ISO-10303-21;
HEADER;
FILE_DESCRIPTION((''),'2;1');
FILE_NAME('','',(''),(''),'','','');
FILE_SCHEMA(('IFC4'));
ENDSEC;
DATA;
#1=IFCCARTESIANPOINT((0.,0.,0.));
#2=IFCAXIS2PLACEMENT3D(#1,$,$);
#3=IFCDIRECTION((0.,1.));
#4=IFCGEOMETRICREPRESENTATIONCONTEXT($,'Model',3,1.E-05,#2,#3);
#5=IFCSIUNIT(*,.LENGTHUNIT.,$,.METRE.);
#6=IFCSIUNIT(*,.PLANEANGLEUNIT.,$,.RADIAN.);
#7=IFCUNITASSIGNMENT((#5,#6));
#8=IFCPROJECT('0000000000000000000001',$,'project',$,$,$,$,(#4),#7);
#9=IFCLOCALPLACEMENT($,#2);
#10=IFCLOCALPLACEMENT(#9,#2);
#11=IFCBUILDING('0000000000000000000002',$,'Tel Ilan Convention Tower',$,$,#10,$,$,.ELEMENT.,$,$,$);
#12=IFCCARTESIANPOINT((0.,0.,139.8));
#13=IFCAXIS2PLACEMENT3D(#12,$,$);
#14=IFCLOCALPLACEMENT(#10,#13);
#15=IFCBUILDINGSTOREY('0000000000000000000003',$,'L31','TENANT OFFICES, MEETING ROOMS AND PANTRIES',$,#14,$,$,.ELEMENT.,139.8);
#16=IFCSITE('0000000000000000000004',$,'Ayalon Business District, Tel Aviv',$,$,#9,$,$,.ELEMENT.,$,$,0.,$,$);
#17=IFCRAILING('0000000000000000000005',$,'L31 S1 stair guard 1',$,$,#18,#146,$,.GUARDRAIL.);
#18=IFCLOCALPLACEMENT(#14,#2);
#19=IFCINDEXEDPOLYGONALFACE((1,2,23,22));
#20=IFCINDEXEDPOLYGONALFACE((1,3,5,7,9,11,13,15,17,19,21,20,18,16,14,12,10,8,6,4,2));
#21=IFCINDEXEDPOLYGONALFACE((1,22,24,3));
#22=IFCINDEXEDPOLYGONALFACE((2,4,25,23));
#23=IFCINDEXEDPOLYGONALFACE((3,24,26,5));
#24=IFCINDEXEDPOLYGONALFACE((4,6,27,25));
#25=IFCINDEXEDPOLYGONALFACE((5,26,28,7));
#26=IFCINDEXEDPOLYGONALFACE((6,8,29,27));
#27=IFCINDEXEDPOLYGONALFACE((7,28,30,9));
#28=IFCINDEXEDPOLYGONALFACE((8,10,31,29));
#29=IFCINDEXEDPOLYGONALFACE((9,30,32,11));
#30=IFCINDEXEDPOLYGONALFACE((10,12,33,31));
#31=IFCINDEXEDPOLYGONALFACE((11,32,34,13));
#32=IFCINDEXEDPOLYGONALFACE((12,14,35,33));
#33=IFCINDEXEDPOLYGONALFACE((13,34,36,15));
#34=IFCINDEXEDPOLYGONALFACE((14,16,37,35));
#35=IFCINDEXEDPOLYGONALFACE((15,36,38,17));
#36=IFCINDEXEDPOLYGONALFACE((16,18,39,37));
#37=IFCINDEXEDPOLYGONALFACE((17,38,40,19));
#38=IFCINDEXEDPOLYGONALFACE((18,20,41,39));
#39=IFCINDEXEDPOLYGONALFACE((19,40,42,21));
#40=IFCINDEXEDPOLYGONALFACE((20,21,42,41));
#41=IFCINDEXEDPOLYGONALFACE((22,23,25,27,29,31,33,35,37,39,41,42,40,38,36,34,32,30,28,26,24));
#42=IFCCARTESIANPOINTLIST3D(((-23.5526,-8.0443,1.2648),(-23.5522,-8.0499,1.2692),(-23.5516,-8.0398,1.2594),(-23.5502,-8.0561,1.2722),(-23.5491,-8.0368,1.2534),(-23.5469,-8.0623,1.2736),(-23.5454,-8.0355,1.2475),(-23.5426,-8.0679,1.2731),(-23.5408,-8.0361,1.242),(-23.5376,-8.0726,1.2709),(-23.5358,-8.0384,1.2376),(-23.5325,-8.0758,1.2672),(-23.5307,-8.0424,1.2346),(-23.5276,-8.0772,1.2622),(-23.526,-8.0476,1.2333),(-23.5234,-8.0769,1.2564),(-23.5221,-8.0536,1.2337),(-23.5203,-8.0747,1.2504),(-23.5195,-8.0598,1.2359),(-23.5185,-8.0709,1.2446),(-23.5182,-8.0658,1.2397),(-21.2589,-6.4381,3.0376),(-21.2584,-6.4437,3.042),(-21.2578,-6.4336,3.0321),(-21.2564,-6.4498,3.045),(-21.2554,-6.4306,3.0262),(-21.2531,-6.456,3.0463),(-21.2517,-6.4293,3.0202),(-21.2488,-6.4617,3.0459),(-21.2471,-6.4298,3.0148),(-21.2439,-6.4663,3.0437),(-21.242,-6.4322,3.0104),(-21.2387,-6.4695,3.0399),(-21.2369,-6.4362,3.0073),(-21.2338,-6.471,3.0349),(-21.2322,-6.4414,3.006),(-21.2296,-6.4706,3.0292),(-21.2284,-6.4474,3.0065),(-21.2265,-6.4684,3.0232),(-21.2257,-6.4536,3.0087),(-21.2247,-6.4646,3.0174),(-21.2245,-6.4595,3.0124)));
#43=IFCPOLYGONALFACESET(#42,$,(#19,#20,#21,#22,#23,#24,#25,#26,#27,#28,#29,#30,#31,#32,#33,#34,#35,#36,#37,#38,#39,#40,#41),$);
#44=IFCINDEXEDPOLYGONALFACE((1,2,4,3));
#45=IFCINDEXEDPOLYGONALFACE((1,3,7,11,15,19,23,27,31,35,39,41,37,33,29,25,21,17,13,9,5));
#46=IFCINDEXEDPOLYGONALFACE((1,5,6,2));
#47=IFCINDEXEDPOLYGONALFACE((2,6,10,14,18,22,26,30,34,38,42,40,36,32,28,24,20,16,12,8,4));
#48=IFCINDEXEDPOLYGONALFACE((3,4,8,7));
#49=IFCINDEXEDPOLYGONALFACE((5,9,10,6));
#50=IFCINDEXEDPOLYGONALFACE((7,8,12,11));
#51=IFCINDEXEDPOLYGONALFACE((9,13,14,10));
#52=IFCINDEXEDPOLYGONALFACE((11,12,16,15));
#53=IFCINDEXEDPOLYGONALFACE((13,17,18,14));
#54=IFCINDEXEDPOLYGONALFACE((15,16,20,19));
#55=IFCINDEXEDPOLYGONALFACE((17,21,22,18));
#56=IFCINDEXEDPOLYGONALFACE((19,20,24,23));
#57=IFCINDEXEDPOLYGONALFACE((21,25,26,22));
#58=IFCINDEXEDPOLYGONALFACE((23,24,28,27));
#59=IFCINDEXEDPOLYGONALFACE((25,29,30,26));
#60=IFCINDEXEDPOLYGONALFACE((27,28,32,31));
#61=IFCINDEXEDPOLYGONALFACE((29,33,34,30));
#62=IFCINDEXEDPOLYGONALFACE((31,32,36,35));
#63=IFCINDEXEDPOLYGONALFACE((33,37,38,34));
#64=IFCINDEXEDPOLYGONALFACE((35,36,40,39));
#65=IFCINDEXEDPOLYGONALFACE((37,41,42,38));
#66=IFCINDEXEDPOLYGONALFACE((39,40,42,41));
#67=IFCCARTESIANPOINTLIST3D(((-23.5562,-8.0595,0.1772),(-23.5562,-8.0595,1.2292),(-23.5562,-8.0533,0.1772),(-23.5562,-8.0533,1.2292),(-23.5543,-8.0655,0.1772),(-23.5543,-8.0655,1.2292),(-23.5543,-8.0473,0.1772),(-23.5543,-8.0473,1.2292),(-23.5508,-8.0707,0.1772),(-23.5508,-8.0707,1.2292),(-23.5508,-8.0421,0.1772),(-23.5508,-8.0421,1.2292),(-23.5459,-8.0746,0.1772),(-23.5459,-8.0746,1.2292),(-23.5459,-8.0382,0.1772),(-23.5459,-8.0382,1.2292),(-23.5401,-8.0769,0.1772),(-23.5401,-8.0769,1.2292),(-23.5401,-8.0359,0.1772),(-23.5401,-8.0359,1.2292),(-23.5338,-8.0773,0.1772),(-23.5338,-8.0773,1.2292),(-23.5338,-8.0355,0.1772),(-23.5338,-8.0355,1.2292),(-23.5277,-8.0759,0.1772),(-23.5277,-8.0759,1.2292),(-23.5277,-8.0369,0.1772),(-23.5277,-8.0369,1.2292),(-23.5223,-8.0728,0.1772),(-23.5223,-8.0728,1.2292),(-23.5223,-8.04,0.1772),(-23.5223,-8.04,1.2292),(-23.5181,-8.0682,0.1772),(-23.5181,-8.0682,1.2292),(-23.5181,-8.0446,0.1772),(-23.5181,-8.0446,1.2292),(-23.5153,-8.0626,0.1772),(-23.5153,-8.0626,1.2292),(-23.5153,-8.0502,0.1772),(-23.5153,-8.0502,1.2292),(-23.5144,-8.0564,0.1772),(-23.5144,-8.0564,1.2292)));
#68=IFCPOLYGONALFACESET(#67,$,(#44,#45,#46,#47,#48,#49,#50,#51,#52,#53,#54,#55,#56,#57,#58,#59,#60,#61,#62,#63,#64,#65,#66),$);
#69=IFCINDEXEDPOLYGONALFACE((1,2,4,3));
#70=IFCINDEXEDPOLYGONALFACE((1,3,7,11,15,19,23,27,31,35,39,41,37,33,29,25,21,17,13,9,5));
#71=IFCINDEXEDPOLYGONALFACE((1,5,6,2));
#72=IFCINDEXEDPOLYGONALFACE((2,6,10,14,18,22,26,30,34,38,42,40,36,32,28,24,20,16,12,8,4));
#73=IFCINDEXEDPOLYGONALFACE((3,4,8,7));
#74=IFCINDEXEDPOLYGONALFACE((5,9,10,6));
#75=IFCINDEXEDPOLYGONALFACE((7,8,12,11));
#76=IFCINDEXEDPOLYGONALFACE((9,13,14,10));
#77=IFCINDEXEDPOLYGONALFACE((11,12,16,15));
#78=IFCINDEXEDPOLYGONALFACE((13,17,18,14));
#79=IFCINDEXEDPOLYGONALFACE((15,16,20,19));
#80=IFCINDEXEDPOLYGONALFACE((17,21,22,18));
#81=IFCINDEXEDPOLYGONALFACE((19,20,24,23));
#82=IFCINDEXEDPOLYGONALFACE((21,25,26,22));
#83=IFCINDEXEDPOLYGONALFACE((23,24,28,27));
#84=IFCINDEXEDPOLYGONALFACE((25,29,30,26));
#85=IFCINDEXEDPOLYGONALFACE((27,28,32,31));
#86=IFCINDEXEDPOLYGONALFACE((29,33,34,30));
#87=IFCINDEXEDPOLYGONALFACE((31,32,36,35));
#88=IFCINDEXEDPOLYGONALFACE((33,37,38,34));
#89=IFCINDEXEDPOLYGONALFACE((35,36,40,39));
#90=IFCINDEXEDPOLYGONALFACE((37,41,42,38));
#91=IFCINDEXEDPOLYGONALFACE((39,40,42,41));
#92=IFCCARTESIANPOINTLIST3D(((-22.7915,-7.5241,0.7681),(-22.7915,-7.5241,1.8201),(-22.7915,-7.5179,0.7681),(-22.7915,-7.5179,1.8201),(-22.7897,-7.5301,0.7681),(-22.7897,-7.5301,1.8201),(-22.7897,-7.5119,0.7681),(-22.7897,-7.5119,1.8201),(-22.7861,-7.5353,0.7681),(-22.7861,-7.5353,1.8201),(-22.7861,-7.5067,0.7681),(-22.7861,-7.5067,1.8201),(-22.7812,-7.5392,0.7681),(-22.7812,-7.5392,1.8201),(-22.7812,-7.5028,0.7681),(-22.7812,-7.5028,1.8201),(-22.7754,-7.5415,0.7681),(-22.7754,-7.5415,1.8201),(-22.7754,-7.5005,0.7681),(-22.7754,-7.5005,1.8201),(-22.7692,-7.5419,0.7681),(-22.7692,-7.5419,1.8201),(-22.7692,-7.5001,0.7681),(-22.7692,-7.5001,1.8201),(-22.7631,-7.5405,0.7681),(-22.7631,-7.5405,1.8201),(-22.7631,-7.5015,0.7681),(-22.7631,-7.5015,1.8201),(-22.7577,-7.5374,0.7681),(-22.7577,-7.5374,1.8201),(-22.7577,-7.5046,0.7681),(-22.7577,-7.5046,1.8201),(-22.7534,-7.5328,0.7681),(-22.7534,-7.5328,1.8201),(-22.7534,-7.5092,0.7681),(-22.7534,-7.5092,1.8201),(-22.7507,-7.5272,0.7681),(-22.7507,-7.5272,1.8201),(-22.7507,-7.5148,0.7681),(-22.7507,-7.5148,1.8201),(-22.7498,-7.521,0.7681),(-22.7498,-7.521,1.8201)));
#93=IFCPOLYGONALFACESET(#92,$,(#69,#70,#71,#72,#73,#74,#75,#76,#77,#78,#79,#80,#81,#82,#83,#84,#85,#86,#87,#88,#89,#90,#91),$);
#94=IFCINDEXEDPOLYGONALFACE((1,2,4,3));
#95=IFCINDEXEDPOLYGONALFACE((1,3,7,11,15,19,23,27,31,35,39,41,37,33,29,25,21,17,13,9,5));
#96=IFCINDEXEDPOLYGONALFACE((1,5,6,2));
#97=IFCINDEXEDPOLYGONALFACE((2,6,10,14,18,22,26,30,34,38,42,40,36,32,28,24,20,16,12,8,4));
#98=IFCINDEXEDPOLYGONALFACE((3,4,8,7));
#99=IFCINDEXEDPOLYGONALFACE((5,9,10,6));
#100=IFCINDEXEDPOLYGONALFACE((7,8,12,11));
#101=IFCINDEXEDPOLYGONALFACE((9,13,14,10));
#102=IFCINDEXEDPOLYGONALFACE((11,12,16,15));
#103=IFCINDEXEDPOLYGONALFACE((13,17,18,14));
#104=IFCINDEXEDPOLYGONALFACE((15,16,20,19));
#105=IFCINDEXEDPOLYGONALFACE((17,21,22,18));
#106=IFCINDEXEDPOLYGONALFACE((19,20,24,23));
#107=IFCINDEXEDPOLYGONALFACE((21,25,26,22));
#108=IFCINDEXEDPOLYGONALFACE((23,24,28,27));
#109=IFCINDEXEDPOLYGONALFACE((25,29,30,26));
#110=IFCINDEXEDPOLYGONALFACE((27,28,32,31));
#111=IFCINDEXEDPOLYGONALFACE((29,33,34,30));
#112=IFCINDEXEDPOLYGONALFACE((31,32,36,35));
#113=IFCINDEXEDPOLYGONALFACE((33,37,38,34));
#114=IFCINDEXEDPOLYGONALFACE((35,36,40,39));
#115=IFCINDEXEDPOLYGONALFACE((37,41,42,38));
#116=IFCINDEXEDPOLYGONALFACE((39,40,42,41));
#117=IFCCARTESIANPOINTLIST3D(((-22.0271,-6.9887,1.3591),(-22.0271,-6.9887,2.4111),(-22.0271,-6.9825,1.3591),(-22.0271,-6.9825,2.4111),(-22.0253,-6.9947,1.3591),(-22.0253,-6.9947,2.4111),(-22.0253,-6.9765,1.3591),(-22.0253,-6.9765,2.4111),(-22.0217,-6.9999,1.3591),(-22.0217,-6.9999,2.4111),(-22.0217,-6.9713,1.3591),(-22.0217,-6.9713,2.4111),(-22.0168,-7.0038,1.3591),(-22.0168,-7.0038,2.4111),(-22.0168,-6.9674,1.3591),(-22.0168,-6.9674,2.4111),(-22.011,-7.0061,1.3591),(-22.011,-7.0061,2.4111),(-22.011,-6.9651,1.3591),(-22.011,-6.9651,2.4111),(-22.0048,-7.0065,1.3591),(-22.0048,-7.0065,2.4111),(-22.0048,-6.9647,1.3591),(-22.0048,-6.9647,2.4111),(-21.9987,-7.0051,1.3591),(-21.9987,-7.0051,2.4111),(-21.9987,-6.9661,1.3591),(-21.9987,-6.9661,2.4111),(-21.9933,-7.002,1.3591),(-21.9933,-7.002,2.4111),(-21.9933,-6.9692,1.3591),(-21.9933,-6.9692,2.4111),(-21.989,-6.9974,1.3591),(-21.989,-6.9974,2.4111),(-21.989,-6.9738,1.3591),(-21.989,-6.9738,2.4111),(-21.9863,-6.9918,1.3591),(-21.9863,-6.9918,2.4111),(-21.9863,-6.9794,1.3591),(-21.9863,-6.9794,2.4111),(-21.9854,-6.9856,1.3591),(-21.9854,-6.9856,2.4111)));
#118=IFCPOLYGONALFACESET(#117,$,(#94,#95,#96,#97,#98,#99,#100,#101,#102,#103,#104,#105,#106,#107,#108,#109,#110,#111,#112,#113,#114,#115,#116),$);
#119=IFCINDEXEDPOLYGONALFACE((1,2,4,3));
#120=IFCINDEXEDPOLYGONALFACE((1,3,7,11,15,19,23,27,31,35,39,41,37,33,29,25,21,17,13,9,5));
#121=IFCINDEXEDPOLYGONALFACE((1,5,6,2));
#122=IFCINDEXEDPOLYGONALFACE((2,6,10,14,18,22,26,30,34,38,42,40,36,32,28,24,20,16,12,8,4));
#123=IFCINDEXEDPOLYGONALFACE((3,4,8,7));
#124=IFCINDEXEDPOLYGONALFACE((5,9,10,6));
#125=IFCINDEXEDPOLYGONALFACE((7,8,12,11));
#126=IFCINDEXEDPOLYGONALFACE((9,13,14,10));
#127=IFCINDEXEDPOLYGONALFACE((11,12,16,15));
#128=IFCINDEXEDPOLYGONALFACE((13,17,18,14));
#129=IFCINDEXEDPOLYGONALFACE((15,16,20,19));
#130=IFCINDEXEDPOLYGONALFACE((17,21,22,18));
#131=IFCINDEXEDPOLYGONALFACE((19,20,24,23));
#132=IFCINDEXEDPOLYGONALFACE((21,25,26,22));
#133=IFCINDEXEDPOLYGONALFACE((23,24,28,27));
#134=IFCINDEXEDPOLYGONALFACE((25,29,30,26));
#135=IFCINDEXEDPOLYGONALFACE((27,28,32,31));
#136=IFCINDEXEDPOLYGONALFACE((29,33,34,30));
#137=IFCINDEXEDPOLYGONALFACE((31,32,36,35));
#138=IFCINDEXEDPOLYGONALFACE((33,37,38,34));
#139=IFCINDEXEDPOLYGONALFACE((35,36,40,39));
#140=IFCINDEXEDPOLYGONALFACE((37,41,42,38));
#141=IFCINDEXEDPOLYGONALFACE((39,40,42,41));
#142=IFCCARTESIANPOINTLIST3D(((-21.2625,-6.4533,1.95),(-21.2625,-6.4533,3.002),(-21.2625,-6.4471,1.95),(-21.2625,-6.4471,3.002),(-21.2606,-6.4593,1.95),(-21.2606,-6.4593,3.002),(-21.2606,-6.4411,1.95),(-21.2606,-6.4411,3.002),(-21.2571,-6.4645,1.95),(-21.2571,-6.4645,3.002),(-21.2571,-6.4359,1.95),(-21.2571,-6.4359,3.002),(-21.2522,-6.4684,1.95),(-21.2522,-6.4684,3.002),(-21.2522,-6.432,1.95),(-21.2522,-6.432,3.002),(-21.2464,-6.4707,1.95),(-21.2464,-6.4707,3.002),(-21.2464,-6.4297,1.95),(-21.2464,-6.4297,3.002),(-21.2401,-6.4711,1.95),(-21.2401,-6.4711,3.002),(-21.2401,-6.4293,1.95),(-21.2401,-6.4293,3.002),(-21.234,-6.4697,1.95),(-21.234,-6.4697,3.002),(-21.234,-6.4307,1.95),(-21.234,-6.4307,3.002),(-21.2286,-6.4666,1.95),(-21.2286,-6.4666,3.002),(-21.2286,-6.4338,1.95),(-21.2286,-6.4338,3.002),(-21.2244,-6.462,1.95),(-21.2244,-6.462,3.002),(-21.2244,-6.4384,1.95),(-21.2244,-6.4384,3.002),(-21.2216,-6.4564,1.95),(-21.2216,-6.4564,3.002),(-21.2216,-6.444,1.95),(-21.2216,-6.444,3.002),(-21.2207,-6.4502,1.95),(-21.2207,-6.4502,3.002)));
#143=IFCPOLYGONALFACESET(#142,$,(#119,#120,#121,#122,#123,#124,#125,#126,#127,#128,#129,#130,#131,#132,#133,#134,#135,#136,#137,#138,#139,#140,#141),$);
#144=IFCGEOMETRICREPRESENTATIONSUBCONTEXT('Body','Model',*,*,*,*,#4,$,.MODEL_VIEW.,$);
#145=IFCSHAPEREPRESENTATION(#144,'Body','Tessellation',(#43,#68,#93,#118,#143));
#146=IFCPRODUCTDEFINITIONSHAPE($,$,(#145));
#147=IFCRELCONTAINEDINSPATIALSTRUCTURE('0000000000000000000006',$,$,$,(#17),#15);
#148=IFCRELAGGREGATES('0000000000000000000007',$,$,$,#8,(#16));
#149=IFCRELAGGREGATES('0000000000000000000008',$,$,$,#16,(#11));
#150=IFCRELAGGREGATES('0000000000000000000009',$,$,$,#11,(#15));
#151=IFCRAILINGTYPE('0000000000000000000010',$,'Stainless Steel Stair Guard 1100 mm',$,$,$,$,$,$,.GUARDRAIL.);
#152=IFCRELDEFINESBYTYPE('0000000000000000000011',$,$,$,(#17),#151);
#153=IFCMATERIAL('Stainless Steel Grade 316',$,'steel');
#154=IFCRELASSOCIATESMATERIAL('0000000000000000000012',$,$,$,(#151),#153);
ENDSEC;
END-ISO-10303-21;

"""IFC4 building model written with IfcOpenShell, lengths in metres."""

from ifc_helpers import new_model, si_unit, direction, frame, origin, origin_2d, place, context, subcontext, project, spatial, circle, extrude, material, type_object, element, save


model = new_model("IFC4")

# Units and contexts
model_context = context("Model", 3, precision=1e-05, world=origin(), true_north=direction((0.0, 1.0)))
body_context = subcontext(model_context, "Body", "Model", "MODEL_VIEW")
ifc_project = project(units=[si_unit("LENGTHUNIT", "METRE"), si_unit("PLANEANGLEUNIT", "RADIAN")], contexts=[model_context])

# Site, building, storey
site_placement = place(None, origin())
site = spatial("IfcSite", under=ifc_project, at=site_placement, Name="Ayalon Business District, Tel Aviv", CompositionType="ELEMENT", RefElevation=0.0)
building_placement = place(site_placement, origin())
building = spatial("IfcBuilding", under=site, at=building_placement, Name="Tel Ilan Convention Tower", CompositionType="ELEMENT")
storey_placement = place(building_placement, frame((0.0, 0.0, 139.8)))
storey = spatial("IfcBuildingStorey", under=building, at=storey_placement, Name="L31", Description="TENANT OFFICES, MEETING ROOMS AND PANTRIES", CompositionType="ELEMENT", Elevation=139.8)

# Railing
ifc_material_1 = material(Name="Stainless Steel Grade 316", Category="steel")
railing_type_1 = type_object("IfcRailingType", Name="Stainless Steel Stair Guard 1100 mm", PredefinedType="GUARDRAIL", material=ifc_material_1)
railing_1_placement = place(storey_placement, frame((-23.5354, -8.0564, 0.1772)))
element("IfcRailing", 1, at=railing_1_placement, inside=storey, type_object=railing_type_1, Name="L31 S1 stair guard 1", PredefinedType="GUARDRAIL", context=body_context, shape_type="SweptSolid", body=[
    extrude(circle(Radius=0.0239, at=origin_2d()), frame((0.0, 0.0, 1.0762), z_axis=(0.692098, 0.484653, 0.534894), x_axis=(-0.573609, 0.81913, 0.0)), (0.0, 0.0, 1.0), 3.3142),
    extrude(circle(Radius=0.021, at=origin_2d()), origin(), (0.0, 0.0, 1.0), 1.052),
    extrude(circle(Radius=0.021, at=origin_2d()), frame((0.7646, 0.5354, 0.5908)), (0.0, 0.0, 1.0), 1.052),
    extrude(circle(Radius=0.021, at=origin_2d()), frame((1.5291, 1.0708, 1.1819)), (0.0, 0.0, 1.0), 1.052),
    extrude(circle(Radius=0.021, at=origin_2d()), frame((2.2937, 1.6062, 1.7727)), (0.0, 0.0, 1.0), 1.052),
])

save(model, "model.ifc")
